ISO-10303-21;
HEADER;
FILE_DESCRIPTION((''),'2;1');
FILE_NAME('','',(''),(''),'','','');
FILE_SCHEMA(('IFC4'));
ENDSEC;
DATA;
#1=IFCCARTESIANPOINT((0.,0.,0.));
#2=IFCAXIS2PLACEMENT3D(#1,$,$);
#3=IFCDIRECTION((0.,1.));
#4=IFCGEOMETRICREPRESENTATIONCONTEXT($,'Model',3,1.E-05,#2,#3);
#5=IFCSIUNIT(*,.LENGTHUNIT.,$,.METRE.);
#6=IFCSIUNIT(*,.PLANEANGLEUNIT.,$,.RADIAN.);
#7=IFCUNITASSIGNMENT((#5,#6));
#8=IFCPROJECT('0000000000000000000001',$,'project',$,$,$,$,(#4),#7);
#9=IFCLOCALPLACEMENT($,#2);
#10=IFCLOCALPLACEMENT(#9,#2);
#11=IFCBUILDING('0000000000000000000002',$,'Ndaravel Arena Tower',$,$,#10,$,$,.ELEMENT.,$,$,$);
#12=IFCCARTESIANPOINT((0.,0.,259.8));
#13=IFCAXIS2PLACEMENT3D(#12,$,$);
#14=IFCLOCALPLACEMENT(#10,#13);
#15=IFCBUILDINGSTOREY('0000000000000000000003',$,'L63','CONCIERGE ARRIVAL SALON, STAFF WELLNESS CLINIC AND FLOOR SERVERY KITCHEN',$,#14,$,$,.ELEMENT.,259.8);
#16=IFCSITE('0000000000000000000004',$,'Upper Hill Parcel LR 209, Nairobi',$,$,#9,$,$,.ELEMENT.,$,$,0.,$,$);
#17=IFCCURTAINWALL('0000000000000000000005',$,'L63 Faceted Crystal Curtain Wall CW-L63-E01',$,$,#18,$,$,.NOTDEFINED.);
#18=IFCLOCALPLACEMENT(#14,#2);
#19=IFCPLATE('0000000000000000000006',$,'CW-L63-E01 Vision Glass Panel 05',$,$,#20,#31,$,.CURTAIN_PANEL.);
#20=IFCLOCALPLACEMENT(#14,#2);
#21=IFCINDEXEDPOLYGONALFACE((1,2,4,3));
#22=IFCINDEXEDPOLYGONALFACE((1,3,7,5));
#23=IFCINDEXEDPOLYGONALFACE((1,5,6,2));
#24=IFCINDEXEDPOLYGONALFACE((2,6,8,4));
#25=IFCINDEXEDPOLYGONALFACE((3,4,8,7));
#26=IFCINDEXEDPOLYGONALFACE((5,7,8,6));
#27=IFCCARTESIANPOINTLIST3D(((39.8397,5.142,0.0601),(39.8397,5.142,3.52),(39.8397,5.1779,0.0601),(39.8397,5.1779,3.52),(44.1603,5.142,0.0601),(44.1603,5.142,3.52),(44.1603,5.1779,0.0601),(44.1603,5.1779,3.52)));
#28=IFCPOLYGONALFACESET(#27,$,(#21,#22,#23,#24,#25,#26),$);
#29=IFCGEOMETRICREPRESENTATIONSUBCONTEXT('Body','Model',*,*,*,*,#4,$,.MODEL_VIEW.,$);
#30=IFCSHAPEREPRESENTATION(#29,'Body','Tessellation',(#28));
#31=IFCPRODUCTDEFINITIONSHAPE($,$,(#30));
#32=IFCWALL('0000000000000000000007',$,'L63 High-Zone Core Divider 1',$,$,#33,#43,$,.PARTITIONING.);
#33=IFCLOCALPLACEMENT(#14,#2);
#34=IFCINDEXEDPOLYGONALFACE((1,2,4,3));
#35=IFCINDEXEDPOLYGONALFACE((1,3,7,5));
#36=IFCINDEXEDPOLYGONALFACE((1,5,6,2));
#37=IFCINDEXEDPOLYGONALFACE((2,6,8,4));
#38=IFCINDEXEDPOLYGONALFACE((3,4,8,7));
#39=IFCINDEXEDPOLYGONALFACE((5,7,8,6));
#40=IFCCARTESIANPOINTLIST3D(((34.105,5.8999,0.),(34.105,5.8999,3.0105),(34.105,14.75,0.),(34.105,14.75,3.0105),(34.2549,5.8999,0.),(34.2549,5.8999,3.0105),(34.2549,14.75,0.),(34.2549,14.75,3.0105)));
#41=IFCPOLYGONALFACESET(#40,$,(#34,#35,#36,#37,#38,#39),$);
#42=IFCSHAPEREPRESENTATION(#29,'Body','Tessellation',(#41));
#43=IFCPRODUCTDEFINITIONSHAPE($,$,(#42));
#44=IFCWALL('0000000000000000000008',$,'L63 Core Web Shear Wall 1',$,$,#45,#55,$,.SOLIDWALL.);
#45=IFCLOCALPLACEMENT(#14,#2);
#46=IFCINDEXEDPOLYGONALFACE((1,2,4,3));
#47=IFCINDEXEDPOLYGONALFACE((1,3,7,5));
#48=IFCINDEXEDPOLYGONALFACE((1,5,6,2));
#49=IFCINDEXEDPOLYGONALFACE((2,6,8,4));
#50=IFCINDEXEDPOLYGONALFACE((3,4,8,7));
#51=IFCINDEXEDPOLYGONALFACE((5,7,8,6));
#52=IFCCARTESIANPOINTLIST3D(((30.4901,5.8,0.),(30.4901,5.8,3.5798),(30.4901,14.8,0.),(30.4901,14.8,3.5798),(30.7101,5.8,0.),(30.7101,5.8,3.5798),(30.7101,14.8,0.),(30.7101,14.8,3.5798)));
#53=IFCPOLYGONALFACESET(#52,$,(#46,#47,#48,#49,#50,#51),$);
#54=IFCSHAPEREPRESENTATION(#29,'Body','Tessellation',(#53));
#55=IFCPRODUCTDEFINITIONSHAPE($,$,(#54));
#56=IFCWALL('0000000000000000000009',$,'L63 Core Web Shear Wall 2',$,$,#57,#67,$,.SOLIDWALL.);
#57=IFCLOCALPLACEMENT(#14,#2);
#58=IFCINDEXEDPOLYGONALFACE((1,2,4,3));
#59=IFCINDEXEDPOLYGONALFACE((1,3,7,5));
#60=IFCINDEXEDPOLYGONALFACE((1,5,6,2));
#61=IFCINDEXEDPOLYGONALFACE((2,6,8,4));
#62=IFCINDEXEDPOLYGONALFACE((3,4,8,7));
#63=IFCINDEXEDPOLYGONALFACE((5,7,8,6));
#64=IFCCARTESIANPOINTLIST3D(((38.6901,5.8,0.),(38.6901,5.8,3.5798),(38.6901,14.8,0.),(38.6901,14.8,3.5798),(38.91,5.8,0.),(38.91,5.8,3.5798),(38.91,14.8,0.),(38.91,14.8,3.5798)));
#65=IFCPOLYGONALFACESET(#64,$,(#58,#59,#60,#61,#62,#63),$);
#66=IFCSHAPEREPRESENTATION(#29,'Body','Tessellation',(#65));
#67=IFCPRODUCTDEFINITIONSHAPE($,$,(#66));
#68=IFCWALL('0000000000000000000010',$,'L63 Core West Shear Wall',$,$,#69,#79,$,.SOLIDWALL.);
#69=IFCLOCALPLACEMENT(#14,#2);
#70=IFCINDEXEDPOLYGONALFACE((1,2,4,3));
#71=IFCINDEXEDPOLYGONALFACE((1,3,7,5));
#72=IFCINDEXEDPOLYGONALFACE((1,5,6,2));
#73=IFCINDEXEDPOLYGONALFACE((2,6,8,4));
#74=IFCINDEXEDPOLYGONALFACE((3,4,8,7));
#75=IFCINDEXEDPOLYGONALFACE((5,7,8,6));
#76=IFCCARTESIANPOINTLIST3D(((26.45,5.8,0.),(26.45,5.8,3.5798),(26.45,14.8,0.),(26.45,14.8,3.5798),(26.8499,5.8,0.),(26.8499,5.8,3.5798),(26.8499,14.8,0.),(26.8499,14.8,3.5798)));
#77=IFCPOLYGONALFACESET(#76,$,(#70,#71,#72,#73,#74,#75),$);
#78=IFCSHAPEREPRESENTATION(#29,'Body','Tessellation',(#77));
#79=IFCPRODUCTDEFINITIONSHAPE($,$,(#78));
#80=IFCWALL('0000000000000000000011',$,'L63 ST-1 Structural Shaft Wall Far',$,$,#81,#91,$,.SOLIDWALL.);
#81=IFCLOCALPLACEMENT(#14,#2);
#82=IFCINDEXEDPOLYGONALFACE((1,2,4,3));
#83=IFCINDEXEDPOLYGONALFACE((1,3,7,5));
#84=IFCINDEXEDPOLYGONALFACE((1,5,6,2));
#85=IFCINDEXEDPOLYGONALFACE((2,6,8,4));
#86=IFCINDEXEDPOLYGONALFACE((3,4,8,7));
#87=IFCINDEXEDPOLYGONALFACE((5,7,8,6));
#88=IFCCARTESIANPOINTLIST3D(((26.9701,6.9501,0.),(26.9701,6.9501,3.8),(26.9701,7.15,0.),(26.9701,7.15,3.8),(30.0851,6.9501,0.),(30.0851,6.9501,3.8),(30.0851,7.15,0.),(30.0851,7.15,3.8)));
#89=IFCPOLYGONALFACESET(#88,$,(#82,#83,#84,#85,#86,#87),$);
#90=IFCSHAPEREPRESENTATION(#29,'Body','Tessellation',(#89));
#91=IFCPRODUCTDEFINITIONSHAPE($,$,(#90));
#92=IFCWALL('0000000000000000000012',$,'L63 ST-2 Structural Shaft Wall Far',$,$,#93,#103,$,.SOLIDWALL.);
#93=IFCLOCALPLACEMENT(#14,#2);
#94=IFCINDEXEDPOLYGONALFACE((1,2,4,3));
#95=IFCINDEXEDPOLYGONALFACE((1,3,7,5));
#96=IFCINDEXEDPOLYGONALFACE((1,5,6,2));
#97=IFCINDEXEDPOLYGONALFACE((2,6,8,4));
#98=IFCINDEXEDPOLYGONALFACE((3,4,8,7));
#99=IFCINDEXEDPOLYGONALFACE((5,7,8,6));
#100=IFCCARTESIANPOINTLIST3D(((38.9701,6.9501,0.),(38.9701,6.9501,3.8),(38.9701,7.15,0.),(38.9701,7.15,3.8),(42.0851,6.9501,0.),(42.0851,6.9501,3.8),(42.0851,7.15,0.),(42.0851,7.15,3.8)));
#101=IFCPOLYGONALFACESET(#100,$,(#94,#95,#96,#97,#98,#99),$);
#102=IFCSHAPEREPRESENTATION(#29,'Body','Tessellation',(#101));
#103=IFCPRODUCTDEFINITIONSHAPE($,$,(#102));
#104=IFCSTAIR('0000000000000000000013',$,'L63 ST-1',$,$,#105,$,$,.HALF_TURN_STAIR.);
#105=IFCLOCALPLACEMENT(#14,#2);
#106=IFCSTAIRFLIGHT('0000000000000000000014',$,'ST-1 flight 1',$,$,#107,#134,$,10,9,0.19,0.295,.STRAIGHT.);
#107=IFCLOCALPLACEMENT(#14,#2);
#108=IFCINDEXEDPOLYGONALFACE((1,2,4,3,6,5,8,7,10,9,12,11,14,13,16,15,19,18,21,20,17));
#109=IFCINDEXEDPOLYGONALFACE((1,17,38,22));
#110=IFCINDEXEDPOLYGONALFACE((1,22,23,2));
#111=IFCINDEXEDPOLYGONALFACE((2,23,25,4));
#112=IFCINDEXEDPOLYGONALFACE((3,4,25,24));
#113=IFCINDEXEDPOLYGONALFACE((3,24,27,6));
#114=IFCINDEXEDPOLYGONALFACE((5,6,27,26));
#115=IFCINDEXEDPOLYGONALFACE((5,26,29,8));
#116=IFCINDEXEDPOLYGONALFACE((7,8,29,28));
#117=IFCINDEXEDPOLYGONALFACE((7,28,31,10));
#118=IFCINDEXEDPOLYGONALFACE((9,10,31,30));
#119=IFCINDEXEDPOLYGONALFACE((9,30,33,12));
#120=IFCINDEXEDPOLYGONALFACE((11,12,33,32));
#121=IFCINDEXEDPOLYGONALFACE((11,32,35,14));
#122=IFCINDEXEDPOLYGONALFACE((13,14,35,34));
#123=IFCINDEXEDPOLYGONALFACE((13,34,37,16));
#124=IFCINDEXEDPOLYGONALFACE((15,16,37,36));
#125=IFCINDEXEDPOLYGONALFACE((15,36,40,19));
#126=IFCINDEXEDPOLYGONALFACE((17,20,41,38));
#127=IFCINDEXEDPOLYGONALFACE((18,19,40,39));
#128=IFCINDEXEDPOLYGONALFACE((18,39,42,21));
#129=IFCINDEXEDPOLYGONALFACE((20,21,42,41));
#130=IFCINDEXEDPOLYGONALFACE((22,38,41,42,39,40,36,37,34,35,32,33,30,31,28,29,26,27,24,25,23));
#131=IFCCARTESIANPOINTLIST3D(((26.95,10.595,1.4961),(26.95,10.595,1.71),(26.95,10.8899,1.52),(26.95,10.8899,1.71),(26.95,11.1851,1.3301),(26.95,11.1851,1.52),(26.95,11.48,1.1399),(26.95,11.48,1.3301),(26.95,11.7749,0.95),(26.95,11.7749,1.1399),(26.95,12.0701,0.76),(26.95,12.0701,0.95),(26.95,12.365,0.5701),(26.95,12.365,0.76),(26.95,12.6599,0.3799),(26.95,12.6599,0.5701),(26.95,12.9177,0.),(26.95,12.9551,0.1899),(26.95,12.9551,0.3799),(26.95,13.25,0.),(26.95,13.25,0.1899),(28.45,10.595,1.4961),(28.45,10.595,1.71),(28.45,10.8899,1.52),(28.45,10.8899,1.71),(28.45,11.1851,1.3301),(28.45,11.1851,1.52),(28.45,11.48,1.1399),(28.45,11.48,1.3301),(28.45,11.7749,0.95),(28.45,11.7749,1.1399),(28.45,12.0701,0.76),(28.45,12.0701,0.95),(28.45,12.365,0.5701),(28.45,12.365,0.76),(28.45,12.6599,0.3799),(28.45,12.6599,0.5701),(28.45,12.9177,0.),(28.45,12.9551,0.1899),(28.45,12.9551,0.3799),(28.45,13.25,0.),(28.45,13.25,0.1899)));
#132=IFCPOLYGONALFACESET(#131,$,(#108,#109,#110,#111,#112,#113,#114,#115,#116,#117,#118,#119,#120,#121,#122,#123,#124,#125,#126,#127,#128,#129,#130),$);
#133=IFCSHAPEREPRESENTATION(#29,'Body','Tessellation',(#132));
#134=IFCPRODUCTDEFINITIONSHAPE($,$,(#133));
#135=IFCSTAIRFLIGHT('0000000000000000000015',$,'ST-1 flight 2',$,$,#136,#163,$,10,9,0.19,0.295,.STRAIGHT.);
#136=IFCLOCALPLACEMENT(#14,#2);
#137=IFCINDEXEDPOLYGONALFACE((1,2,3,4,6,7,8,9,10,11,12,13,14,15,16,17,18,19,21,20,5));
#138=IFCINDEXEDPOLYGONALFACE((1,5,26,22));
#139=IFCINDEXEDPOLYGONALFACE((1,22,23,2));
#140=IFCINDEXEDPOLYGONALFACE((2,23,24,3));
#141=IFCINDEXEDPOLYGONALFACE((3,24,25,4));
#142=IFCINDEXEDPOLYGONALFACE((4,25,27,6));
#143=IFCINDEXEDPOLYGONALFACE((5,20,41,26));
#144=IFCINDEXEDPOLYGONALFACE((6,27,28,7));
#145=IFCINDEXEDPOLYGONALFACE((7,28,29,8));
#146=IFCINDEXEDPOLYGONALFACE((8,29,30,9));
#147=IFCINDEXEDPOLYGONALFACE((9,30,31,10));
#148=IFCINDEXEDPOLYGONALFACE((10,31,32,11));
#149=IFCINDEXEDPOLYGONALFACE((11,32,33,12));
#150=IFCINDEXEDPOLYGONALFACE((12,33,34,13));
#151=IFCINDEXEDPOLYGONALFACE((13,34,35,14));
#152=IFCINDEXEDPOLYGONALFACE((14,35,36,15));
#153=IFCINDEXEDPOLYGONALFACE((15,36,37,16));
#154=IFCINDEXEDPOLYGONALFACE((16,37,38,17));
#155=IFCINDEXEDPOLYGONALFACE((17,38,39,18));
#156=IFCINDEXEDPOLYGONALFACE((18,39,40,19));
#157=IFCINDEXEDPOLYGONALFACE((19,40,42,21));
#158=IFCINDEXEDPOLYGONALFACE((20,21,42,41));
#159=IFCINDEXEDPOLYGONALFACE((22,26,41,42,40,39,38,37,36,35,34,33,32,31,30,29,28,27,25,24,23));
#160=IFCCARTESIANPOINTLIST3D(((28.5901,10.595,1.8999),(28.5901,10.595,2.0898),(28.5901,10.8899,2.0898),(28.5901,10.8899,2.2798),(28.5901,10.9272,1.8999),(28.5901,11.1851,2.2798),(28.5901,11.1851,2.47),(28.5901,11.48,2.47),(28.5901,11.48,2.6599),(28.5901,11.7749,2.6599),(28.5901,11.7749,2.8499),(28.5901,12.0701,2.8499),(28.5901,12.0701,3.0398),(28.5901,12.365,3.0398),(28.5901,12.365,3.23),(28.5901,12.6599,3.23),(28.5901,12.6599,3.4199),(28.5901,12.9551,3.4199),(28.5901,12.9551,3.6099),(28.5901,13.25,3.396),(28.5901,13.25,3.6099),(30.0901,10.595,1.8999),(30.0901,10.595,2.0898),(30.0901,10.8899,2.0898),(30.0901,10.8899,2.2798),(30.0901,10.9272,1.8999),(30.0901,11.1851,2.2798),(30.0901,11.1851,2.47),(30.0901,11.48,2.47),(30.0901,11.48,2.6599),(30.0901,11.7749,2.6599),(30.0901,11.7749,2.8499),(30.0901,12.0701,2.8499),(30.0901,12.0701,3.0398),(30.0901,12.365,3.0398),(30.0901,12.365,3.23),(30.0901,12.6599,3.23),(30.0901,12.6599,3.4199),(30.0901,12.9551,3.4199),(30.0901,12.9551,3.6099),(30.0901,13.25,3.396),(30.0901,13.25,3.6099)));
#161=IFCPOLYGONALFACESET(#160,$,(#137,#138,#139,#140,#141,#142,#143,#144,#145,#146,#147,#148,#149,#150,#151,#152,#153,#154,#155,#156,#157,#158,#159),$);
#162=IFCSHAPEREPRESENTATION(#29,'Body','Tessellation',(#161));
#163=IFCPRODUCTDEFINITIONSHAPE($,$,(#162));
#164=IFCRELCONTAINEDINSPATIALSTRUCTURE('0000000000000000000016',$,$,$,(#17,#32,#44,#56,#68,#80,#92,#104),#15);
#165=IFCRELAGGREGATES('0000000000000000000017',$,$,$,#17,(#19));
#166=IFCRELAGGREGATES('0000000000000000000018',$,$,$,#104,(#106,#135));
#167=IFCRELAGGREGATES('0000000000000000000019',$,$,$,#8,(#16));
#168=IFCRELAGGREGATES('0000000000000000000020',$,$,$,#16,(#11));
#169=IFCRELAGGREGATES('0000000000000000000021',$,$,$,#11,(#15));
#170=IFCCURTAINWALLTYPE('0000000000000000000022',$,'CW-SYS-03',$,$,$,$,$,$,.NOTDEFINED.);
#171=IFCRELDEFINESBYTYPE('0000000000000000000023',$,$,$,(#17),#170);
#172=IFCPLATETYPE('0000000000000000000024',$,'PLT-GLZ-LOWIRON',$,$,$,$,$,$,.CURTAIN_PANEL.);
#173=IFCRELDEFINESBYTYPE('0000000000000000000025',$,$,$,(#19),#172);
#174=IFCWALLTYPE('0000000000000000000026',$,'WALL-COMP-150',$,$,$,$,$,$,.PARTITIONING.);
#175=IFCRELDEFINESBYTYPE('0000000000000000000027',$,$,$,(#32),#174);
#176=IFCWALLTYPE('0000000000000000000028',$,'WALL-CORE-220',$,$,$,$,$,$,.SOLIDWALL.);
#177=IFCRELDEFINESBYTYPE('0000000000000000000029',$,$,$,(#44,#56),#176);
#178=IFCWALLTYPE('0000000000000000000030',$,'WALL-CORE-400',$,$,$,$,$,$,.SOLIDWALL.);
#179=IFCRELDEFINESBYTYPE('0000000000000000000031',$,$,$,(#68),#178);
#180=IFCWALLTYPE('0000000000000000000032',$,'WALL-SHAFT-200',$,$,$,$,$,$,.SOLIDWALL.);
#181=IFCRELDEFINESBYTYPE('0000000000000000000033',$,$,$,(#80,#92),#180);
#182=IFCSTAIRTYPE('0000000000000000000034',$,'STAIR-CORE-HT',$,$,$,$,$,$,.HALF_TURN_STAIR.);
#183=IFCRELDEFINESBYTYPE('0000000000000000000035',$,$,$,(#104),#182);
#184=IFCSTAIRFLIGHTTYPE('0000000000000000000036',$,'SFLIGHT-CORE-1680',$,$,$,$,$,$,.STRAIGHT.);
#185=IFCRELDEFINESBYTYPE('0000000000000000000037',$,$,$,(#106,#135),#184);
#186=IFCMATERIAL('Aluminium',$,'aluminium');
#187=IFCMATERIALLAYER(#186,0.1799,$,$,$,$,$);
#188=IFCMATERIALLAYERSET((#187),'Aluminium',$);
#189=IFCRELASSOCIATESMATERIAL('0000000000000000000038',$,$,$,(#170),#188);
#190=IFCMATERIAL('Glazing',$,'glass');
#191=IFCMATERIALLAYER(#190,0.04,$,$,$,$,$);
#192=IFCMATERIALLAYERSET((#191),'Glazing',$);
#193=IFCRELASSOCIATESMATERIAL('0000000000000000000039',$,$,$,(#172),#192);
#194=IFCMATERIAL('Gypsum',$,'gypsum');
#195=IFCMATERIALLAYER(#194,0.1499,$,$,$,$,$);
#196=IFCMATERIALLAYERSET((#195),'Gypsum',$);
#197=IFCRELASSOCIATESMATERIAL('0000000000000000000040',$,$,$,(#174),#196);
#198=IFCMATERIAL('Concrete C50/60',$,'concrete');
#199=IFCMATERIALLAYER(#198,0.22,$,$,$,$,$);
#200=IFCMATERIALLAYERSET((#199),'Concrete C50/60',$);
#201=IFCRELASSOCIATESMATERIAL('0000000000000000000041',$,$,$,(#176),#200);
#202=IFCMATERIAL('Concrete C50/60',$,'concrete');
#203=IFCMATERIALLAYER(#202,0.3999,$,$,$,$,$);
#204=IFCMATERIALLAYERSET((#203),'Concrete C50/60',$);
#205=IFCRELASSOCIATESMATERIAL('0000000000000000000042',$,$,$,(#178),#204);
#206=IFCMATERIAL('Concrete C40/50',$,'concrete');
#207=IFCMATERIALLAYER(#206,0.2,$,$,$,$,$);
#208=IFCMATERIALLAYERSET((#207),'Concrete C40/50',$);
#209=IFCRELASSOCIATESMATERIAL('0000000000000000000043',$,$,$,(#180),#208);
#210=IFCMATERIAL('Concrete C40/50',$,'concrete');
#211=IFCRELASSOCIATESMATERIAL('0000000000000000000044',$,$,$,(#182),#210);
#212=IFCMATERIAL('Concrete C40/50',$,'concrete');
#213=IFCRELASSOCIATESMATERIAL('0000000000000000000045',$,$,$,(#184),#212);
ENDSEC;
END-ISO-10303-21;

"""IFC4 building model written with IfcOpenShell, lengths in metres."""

from ifc_helpers import new_model, si_unit, direction, frame, frame_2d, origin, origin_2d, place, context, subcontext, project, spatial, polyline, rectangle, outline, extrude, material, layer, layer_set, type_object, element, aggregate, save


model = new_model("IFC4")

# Units and contexts
model_context = context("Model", 3, precision=1e-05, world=origin(), true_north=direction((0.0, 1.0)))
body_context = subcontext(model_context, "Body", "Model", "MODEL_VIEW")
ifc_project = project(units=[si_unit("LENGTHUNIT", "METRE"), si_unit("PLANEANGLEUNIT", "RADIAN")], contexts=[model_context])

# Site, building, storey
site_placement = place(None, origin())
site = spatial("IfcSite", under=ifc_project, at=site_placement, Name="Upper Hill Parcel LR 209, Nairobi", CompositionType="ELEMENT", RefElevation=0.0)
building_placement = place(site_placement, origin())
building = spatial("IfcBuilding", under=site, at=building_placement, Name="Ndaravel Arena Tower", CompositionType="ELEMENT")
storey_placement = place(building_placement, frame((0.0, 0.0, 259.8)))
storey = spatial("IfcBuildingStorey", under=building, at=storey_placement, Name="L63", Description="CONCIERGE ARRIVAL SALON, STAFF WELLNESS CLINIC AND FLOOR SERVERY KITCHEN", CompositionType="ELEMENT", Elevation=259.8)

# Curtain wall, plate
ifc_material_1 = material(Name="Aluminium", Category="aluminium")
ifc_layer_1 = layer(ifc_material_1, 0.1799)
ifc_layer_set_1 = layer_set([ifc_layer_1], Name="Aluminium")
curtain_wall_type = type_object("IfcCurtainWallType", Name="CW-SYS-03", PredefinedType="NOTDEFINED", material=ifc_layer_set_1)
curtain_wall_placement = place(storey_placement, origin())
curtain_wall = element("IfcCurtainWall", 1, at=curtain_wall_placement, inside=storey, type_object=curtain_wall_type, Name="L63 Faceted Crystal Curtain Wall CW-L63-E01", PredefinedType="NOTDEFINED")
ifc_material_2 = material(Name="Glazing", Category="glass")
ifc_layer_2 = layer(ifc_material_2, 0.04)
ifc_layer_set_2 = layer_set([ifc_layer_2], Name="Glazing")
plate_type = type_object("IfcPlateType", Name="PLT-GLZ-LOWIRON", PredefinedType="CURTAIN_PANEL", material=ifc_layer_set_2)
plate_1_placement = place(storey_placement, frame((42.0, 5.1599, 0.0601), z_axis=(0.0, 0.0, 1.0), x_axis=(1.0, 0.0, 0.0)))
plate_1 = element("IfcPlate", 2, at=plate_1_placement, type_object=plate_type, Name="CW-L63-E01 Vision Glass Panel 05", PredefinedType="CURTAIN_PANEL", context=body_context, shape_type="SweptSolid", body=[
    extrude(rectangle(XDim=4.3206, YDim=0.0359, at=origin_2d()), origin(), (0.0, 0.0, 1.0), 3.46),
])
aggregate(curtain_wall, [plate_1])

# Walls
ifc_material_3 = material(Name="Gypsum", Category="gypsum")
ifc_layer_3 = layer(ifc_material_3, 0.1499)
ifc_layer_set_3 = layer_set([ifc_layer_3], Name="Gypsum")
wall_type_1 = type_object("IfcWallType", Name="WALL-COMP-150", PredefinedType="PARTITIONING", material=ifc_layer_set_3)
wall_1_placement = place(storey_placement, frame((34.1799, 5.8999, 0.0), z_axis=(0.0, 0.0, 1.0), x_axis=(0.0, 1.0, 0.0)))
element("IfcWall", 3, at=wall_1_placement, inside=storey, type_object=wall_type_1, Name="L63 High-Zone Core Divider 1", PredefinedType="PARTITIONING", context=body_context, shape_type="SweptSolid", body=[
    extrude(rectangle(XDim=8.8501, YDim=0.1499, at=frame_2d((4.425, 0.0))), origin(), (0.0, 0.0, 1.0), 3.0105),
])
ifc_material_4 = material(Name="Concrete C50/60", Category="concrete")
ifc_layer_4 = layer(ifc_material_4, 0.22)
ifc_layer_set_4 = layer_set([ifc_layer_4], Name="Concrete C50/60")
wall_type_2 = type_object("IfcWallType", Name="WALL-CORE-220", PredefinedType="SOLIDWALL", material=ifc_layer_set_4)
for number, where, z_axis, x_axis, name in (
    (4, (30.6001, 5.8, 0.0), (0.0, 0.0, 1.0), (0.0, 1.0, 0.0), "L63 Core Web Shear Wall 1"),
    (5, (38.8, 5.8, 0.0), (0.0, 0.0, 1.0), (0.0, 1.0, 0.0), "L63 Core Web Shear Wall 2"),
):
    element("IfcWall", number, at=place(storey_placement, frame(where, z_axis=z_axis, x_axis=x_axis)), inside=storey, type_object=wall_type_2, Name=name, PredefinedType="SOLIDWALL", context=body_context, shape_type="SweptSolid", body=[
        extrude(rectangle(XDim=9.0, YDim=0.22, at=frame_2d((4.5, 0.0))), origin(), (0.0, 0.0, 1.0), 3.5798),
    ])
ifc_material_5 = material(Name="Concrete C50/60", Category="concrete")
ifc_layer_5 = layer(ifc_material_5, 0.3999)
ifc_layer_set_5 = layer_set([ifc_layer_5], Name="Concrete C50/60")
wall_type_3 = type_object("IfcWallType", Name="WALL-CORE-400", PredefinedType="SOLIDWALL", material=ifc_layer_set_5)
wall_2_placement = place(storey_placement, frame((26.6499, 5.8, 0.0), z_axis=(0.0, 0.0, 1.0), x_axis=(0.0, 1.0, 0.0)))
element("IfcWall", 6, at=wall_2_placement, inside=storey, type_object=wall_type_3, Name="L63 Core West Shear Wall", PredefinedType="SOLIDWALL", context=body_context, shape_type="SweptSolid", body=[
    extrude(rectangle(XDim=9.0, YDim=0.3999, at=frame_2d((4.5, 0.0))), origin(), (0.0, 0.0, 1.0), 3.5798),
])
ifc_material_6 = material(Name="Concrete C40/50", Category="concrete")
ifc_layer_6 = layer(ifc_material_6, 0.2)
ifc_layer_set_6 = layer_set([ifc_layer_6], Name="Concrete C40/50")
wall_type_4 = type_object("IfcWallType", Name="WALL-SHAFT-200", PredefinedType="SOLIDWALL", material=ifc_layer_set_6)
for number, where, z_axis, x_axis, name in (
    (7, (26.97, 7.05, 0.0), (0.0, 0.0, 1.0), (1.0, 0.0, 0.0), "L63 ST-1 Structural Shaft Wall Far"),
    (8, (38.97, 7.05, 0.0), (0.0, 0.0, 1.0), (1.0, 0.0, 0.0), "L63 ST-2 Structural Shaft Wall Far"),
):
    element("IfcWall", number, at=place(storey_placement, frame(where, z_axis=z_axis, x_axis=x_axis)), inside=storey, type_object=wall_type_4, Name=name, PredefinedType="SOLIDWALL", context=body_context, shape_type="SweptSolid", body=[
        extrude(rectangle(XDim=3.115, YDim=0.2, at=frame_2d((1.5576, 0.0))), origin(), (0.0, 0.0, 1.0), 3.8),
    ])

# Stair, stair flights
ifc_material_7 = material(Name="Concrete C40/50", Category="concrete")
stair_type = type_object("IfcStairType", Name="STAIR-CORE-HT", PredefinedType="HALF_TURN_STAIR", material=ifc_material_7)
stair_1_placement = place(storey_placement, origin())
stair_1 = element("IfcStair", 9, at=stair_1_placement, inside=storey, type_object=stair_type, Name="L63 ST-1", PredefinedType="HALF_TURN_STAIR")
ifc_material_8 = material(Name="Concrete C40/50", Category="concrete")
stair_flight_type = type_object("IfcStairFlightType", Name="SFLIGHT-CORE-1680", PredefinedType="STRAIGHT", material=ifc_material_8)
stair_flight_1_placement = place(storey_placement, frame((27.7, 13.25, 0.0), z_axis=(0.0, 0.0, 1.0), x_axis=(0.0, -1.0, 0.0)))
stair_flight_1 = element("IfcStairFlight", 10, at=stair_flight_1_placement, type_object=stair_flight_type, Name="ST-1 flight 1", NumberOfRisers=10, NumberOfTreads=9, PredefinedType="STRAIGHT", RiserHeight=0.19, TreadLength=0.295, context=body_context, shape_type="SweptSolid", body=[
    extrude(outline(polyline([(0.0, 0.0), (0.0, 0.1899), (0.2949, 0.1899), (0.2949, 0.3799), (0.5901, 0.3799), (0.5901, 0.5701), (0.885, 0.5701), (0.885, 0.76), (1.1799, 0.76), (1.1799, 0.95), (1.4751, 0.95), (1.4751, 1.1399), (1.77, 1.1399), (1.77, 1.3301), (2.0649, 1.3301), (2.0649, 1.52), (2.3601, 1.52), (2.3601, 1.71), (2.655, 1.71), (2.655, 1.8999), (2.655, 1.4961), (0.3323, 0.0), (0.0, 0.0)])), frame((0.0, 0.75, 0.0), z_axis=(0.0, -1.0, 0.0), x_axis=(1.0, 0.0, 0.0)), (0.0, 0.0, 1.0), 1.5),
])
stair_flight_2_placement = place(storey_placement, frame((29.3401, 10.595, 1.8999), z_axis=(0.0, 0.0, 1.0), x_axis=(0.0, 1.0, 0.0)))
stair_flight_2 = element("IfcStairFlight", 11, at=stair_flight_2_placement, type_object=stair_flight_type, Name="ST-1 flight 2", NumberOfRisers=10, NumberOfTreads=9, PredefinedType="STRAIGHT", RiserHeight=0.19, TreadLength=0.295, context=body_context, shape_type="SweptSolid", body=[
    extrude(outline(polyline([(0.0, 0.0), (0.0, 0.1899), (0.2949, 0.1899), (0.2949, 0.3799), (0.5901, 0.3799), (0.5901, 0.5701), (0.885, 0.5701), (0.885, 0.76), (1.1799, 0.76), (1.1799, 0.95), (1.4751, 0.95), (1.4751, 1.1399), (1.77, 1.1399), (1.77, 1.3301), (2.0649, 1.3301), (2.0649, 1.52), (2.3601, 1.52), (2.3601, 1.71), (2.655, 1.71), (2.655, 1.8999), (2.655, 1.4961), (0.3323, 0.0), (0.0, 0.0)])), frame((0.0, 0.75, 0.0), z_axis=(0.0, -1.0, 0.0), x_axis=(1.0, 0.0, 0.0)), (0.0, 0.0, 1.0), 1.5),
])
aggregate(stair_1, [stair_flight_1, stair_flight_2])

save(model, "model.ifc")
